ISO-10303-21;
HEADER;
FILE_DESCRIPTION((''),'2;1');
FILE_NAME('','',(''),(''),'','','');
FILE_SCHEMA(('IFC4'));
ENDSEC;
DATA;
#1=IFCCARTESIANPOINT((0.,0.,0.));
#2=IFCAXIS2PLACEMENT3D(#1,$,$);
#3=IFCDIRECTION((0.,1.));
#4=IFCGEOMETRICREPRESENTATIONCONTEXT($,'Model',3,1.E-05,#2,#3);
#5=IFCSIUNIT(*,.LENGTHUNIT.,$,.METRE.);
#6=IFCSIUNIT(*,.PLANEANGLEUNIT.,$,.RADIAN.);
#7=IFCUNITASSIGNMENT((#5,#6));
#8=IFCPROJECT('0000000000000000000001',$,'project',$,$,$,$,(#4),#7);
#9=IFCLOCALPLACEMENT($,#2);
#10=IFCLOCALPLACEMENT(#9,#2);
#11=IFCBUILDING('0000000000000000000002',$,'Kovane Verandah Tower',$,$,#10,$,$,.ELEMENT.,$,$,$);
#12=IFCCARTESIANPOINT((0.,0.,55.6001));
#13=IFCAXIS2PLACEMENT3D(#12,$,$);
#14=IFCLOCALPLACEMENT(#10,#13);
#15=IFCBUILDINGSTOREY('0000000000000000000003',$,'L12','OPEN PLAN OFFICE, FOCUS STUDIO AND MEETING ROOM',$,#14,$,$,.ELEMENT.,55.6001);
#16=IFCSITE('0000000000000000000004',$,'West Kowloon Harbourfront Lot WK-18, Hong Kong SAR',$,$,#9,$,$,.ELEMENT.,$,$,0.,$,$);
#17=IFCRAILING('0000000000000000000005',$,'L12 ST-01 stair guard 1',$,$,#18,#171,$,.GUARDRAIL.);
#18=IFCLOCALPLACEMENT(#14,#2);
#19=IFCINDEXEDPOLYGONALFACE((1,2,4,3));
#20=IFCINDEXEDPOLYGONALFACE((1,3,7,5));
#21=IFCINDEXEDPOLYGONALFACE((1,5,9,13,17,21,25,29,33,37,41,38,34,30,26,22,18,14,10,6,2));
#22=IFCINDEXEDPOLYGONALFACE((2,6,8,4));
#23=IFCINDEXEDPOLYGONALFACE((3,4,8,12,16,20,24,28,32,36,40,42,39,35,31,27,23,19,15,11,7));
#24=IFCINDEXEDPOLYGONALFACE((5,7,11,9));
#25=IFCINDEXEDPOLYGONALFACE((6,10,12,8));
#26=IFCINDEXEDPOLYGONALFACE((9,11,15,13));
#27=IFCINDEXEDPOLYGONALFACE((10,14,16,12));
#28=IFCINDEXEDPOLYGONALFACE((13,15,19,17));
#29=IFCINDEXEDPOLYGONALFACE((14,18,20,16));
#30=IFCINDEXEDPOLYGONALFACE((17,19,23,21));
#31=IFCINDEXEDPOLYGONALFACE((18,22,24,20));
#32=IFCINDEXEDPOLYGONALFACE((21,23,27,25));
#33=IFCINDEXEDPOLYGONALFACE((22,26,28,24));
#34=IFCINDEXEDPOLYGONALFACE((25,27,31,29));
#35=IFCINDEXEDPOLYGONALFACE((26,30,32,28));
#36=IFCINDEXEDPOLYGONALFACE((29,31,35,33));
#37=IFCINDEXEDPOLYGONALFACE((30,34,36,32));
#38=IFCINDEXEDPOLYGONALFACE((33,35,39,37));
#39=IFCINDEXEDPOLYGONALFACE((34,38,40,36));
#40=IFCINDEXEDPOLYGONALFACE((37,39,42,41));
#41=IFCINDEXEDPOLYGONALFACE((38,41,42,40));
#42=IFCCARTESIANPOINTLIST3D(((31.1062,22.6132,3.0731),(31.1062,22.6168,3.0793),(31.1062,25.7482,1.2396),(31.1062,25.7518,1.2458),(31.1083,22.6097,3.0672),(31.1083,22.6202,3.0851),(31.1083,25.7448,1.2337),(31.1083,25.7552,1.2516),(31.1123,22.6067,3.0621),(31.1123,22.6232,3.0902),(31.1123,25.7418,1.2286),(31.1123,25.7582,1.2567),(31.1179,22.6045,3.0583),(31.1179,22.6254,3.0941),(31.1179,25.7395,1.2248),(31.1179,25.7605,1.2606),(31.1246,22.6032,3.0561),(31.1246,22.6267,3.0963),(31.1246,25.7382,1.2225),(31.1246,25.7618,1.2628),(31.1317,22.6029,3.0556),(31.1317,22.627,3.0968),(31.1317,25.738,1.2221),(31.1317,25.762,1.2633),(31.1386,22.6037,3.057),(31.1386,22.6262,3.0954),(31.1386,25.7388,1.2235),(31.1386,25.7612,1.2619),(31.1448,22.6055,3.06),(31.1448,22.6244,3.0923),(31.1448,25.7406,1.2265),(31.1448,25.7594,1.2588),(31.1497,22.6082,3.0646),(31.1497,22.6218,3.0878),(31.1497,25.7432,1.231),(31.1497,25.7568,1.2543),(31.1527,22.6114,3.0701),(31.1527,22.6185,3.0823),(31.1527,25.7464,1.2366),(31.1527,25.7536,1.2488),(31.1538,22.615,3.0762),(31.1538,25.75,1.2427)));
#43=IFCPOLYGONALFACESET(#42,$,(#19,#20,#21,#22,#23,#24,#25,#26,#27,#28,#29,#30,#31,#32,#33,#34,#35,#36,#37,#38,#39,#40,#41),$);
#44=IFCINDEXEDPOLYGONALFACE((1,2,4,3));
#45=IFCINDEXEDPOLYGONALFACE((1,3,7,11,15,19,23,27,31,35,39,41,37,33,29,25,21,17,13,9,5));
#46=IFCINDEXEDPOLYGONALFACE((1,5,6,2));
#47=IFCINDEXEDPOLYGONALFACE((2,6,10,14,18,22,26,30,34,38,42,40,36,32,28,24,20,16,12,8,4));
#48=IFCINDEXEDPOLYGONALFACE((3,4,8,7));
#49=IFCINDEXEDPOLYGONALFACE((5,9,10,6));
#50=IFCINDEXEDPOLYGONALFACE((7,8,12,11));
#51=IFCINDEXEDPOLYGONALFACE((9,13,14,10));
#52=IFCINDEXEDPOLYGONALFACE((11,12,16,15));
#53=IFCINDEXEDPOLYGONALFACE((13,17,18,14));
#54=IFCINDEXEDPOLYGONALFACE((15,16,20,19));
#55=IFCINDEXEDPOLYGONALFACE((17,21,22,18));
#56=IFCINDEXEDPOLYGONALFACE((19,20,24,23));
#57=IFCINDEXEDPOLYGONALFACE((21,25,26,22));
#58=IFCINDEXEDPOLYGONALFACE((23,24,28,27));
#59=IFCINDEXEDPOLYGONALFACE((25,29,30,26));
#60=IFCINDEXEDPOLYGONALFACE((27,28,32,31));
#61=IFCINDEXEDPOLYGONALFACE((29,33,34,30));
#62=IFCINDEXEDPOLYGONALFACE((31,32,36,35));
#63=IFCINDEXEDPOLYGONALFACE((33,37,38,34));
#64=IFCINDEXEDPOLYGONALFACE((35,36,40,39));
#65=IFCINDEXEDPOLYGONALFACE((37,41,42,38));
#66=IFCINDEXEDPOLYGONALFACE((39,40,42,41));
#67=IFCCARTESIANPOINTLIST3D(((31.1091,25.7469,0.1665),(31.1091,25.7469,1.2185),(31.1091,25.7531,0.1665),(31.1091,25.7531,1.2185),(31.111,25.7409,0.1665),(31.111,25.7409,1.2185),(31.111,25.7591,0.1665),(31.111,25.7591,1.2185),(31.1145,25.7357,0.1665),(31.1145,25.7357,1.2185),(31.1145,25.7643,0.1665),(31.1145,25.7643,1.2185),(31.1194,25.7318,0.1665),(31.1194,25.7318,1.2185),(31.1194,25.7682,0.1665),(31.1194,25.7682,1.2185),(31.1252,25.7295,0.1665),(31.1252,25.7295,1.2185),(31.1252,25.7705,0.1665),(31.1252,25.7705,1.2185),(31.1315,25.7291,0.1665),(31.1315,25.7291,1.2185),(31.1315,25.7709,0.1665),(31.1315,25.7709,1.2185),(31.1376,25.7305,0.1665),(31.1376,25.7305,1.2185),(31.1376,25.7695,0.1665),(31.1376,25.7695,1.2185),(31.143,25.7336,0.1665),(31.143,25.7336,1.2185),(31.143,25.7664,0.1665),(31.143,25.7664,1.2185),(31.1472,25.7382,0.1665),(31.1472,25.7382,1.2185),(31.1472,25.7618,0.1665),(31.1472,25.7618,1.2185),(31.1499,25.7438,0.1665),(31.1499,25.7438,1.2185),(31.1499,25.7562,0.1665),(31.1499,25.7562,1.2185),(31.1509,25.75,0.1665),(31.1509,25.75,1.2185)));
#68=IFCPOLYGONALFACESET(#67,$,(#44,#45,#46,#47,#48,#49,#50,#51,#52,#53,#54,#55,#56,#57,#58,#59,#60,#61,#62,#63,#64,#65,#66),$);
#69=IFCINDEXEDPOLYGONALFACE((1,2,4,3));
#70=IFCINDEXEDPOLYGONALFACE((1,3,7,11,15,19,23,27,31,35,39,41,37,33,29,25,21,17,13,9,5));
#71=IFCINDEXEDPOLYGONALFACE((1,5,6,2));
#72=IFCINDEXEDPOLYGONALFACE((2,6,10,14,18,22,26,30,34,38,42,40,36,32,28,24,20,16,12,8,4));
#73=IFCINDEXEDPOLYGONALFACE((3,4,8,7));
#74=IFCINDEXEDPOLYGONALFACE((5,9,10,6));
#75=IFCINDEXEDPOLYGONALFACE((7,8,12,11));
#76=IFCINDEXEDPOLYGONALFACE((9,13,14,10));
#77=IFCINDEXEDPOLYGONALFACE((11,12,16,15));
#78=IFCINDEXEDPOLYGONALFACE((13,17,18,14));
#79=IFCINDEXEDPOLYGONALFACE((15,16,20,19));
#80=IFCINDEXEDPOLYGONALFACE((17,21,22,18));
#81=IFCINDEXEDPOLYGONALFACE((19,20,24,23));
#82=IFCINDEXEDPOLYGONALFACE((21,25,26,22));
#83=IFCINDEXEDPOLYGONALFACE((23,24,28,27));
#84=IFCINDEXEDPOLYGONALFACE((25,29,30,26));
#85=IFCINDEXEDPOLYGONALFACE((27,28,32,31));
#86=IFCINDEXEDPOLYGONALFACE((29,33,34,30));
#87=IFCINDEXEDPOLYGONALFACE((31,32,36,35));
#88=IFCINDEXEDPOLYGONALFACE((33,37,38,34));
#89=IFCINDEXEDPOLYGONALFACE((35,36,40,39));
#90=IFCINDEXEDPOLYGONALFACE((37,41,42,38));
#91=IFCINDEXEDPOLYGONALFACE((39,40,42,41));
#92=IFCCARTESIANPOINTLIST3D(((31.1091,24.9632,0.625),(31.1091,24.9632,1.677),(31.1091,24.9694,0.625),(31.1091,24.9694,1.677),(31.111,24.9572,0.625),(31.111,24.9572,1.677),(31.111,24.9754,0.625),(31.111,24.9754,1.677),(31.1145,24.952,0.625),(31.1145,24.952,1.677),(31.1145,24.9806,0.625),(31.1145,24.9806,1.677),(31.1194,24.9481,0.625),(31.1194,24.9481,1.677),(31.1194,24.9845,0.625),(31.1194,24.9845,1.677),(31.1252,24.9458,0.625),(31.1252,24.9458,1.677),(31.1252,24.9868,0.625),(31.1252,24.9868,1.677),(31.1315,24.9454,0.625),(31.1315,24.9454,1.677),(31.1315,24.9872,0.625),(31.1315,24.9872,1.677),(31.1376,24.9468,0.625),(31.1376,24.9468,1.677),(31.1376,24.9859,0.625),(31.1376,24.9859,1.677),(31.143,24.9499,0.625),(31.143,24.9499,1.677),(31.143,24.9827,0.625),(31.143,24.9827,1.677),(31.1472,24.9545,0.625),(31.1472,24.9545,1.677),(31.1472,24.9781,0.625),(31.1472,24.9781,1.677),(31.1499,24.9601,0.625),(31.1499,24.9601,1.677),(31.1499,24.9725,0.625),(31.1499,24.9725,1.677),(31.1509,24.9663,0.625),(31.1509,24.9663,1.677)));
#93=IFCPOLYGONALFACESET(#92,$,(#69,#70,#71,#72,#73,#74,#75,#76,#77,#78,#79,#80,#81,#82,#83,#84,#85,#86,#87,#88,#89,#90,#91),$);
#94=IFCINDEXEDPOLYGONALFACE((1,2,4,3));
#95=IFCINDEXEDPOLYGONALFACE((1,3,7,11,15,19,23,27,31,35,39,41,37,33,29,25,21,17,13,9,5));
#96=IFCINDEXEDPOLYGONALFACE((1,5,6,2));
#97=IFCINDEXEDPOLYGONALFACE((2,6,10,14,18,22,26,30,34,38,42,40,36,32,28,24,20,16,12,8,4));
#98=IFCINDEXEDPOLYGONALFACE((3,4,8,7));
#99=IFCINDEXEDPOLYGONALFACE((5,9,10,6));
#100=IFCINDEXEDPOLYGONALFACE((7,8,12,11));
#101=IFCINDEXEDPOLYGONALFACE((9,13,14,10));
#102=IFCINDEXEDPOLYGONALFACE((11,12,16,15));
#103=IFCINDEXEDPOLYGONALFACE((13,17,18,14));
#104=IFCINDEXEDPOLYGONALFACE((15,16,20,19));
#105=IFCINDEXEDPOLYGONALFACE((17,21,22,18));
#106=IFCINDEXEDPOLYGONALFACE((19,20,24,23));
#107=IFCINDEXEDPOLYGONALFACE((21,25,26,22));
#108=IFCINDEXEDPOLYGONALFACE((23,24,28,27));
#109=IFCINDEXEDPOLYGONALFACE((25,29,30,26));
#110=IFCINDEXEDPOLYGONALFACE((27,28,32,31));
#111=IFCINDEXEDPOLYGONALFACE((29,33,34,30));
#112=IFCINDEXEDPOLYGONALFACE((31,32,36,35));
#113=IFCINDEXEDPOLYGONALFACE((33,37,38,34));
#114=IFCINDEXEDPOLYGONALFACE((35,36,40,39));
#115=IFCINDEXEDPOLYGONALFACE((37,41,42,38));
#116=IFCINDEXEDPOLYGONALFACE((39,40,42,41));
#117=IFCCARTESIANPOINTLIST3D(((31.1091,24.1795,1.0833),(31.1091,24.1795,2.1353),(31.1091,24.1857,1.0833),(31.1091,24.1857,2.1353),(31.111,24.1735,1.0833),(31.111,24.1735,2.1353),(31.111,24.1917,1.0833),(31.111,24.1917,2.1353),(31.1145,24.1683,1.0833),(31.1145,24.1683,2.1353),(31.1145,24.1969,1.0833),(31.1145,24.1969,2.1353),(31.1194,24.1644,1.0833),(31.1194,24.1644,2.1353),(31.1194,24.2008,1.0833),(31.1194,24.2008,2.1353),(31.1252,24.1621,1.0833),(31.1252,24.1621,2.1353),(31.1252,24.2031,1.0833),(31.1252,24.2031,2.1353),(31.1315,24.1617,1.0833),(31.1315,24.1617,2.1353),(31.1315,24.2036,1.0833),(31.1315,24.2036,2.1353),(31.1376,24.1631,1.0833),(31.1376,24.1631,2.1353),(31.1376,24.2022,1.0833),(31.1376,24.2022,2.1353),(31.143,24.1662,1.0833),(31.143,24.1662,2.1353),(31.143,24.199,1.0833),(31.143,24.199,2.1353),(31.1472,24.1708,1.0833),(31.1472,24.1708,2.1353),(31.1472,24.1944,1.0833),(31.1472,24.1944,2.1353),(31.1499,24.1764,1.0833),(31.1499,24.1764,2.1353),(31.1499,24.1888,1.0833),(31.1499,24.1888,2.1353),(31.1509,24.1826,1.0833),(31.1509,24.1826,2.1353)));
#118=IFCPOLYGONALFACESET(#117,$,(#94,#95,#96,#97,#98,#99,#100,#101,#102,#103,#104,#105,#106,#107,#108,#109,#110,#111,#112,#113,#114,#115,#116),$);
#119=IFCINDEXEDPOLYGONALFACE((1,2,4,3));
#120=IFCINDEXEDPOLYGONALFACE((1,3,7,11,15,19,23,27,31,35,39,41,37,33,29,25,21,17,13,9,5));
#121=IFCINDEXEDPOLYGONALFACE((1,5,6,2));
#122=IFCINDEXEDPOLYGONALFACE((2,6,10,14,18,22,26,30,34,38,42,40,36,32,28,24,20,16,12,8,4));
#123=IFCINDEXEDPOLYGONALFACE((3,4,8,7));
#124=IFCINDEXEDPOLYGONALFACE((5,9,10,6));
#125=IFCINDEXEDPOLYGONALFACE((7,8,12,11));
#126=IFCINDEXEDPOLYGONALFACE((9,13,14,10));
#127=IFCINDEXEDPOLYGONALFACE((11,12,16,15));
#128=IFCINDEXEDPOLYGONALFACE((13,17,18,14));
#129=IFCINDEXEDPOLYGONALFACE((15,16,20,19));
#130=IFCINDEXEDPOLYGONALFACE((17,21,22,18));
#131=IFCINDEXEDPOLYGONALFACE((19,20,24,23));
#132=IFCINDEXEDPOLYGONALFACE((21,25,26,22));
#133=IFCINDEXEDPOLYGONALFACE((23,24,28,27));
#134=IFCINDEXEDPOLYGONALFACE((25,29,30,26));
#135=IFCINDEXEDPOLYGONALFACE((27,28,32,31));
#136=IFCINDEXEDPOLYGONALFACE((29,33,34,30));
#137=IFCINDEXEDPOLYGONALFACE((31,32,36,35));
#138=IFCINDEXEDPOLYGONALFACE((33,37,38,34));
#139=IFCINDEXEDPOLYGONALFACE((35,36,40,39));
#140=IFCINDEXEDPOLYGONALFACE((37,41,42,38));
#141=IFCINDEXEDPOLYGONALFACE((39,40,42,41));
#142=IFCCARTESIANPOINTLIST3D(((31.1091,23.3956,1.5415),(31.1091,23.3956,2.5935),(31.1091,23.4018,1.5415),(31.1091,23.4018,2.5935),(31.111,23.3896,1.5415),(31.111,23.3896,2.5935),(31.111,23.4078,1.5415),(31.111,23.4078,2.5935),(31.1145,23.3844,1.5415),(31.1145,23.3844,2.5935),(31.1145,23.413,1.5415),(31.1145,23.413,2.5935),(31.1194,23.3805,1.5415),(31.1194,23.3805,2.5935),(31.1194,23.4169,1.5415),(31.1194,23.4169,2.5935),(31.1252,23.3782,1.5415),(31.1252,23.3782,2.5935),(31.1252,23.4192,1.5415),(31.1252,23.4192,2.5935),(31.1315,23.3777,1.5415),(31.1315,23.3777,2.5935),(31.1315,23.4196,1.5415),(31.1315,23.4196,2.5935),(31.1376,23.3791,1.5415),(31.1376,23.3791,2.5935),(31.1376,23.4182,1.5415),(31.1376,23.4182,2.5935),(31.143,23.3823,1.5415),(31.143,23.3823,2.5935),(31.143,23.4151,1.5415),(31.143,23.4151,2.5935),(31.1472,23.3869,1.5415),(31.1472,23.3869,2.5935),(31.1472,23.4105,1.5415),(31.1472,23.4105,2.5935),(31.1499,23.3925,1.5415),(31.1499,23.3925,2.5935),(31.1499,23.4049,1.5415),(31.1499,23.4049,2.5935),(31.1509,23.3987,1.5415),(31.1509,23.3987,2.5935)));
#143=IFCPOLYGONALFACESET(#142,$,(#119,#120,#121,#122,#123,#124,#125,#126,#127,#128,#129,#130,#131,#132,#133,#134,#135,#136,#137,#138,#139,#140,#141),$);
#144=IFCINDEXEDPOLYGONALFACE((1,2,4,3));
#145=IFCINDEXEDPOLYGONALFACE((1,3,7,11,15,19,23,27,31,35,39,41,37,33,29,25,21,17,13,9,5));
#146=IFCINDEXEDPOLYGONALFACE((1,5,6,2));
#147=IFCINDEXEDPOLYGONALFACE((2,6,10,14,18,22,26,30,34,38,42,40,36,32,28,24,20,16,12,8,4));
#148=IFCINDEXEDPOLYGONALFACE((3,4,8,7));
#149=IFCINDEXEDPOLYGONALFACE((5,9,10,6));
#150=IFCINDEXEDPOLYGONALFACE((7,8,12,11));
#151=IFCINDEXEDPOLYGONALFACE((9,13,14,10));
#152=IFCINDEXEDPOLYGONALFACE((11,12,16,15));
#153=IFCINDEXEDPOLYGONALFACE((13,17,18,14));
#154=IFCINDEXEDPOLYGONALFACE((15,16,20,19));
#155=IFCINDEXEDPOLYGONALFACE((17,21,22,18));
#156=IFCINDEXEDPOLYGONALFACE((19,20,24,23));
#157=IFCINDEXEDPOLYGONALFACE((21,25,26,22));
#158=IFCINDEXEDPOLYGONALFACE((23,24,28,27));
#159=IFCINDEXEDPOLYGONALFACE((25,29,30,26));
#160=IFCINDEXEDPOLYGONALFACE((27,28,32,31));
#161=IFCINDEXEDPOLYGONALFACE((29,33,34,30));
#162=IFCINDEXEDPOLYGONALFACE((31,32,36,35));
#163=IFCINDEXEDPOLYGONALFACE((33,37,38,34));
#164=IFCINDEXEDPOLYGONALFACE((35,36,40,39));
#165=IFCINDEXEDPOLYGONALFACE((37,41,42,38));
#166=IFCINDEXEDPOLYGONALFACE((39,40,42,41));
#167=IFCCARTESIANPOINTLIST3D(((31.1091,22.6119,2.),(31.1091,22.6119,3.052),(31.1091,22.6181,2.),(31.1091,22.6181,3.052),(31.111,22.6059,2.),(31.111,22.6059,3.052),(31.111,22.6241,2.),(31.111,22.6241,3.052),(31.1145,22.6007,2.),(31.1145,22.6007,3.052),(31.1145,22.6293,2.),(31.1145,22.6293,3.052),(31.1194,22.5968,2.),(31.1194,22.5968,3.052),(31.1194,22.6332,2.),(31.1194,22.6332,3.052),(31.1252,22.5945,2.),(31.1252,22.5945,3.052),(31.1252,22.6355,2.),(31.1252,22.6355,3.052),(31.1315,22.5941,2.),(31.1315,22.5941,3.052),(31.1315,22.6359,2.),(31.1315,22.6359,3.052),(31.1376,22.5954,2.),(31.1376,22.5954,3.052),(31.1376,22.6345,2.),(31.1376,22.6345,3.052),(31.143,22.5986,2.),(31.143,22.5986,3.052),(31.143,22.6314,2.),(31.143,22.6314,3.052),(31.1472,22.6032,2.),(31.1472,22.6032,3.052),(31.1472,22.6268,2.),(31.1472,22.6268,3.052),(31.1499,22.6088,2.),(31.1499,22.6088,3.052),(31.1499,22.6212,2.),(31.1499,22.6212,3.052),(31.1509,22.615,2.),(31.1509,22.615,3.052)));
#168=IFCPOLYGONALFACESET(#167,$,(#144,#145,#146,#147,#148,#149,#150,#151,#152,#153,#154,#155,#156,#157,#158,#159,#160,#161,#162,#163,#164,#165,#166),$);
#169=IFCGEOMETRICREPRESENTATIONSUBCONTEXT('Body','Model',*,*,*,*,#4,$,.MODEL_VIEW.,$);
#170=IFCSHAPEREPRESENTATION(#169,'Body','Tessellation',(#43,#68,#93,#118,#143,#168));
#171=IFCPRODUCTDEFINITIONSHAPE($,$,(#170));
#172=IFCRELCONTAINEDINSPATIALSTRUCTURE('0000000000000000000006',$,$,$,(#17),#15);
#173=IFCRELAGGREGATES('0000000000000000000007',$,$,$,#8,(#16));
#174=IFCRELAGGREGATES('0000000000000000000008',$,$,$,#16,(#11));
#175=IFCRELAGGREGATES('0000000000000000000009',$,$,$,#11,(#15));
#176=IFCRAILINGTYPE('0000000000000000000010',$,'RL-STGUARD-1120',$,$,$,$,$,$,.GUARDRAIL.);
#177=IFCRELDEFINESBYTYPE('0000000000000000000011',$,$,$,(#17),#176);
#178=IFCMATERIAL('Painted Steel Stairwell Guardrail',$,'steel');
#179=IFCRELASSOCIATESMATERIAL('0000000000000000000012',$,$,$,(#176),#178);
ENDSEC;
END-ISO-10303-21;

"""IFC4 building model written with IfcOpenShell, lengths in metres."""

from ifc_helpers import new_model, si_unit, direction, frame, origin, origin_2d, place, context, subcontext, project, spatial, circle, extrude, material, type_object, element, save


model = new_model("IFC4")

# Units and contexts
model_context = context("Model", 3, precision=1e-05, world=origin(), true_north=direction((0.0, 1.0)))
body_context = subcontext(model_context, "Body", "Model", "MODEL_VIEW")
ifc_project = project(units=[si_unit("LENGTHUNIT", "METRE"), si_unit("PLANEANGLEUNIT", "RADIAN")], contexts=[model_context])

# Site, building, storey
site_placement = place(None, origin())
site = spatial("IfcSite", under=ifc_project, at=site_placement, Name="West Kowloon Harbourfront Lot WK-18, Hong Kong SAR", CompositionType="ELEMENT", RefElevation=0.0)
building_placement = place(site_placement, origin())
building = spatial("IfcBuilding", under=site, at=building_placement, Name="Kovane Verandah Tower", CompositionType="ELEMENT")
storey_placement = place(building_placement, frame((0.0, 0.0, 55.6001)))
storey = spatial("IfcBuildingStorey", under=building, at=storey_placement, Name="L12", Description="OPEN PLAN OFFICE, FOCUS STUDIO AND MEETING ROOM", CompositionType="ELEMENT", Elevation=55.6001)

# Railing
ifc_material_1 = material(Name="Painted Steel Stairwell Guardrail", Category="steel")
railing_type_1 = type_object("IfcRailingType", Name="RL-STGUARD-1120", PredefinedType="GUARDRAIL", material=ifc_material_1)
railing_1_placement = place(storey_placement, frame((31.1299, 25.75, 0.1665)))
element("IfcRailing", 1, at=railing_1_placement, inside=storey, type_object=railing_type_1, Name="L12 ST-01 stair guard 1", PredefinedType="GUARDRAIL", context=body_context, shape_type="SweptSolid", body=[
    extrude(circle(Radius=0.0239, at=origin_2d()), frame((0.0, 0.0, 1.0762), z_axis=(0.0, -0.86321, 0.504845), x_axis=(1.0, 0.0, 0.0)), (0.0, 0.0, 1.0), 3.6318),
    extrude(circle(Radius=0.021, at=origin_2d()), origin(), (0.0, 0.0, 1.0), 1.052),
    extrude(circle(Radius=0.021, at=origin_2d()), frame((0.0, -0.7837, 0.4585)), (0.0, 0.0, 1.0), 1.052),
    extrude(circle(Radius=0.021, at=origin_2d()), frame((0.0, -1.5674, 0.9167)), (0.0, 0.0, 1.0), 1.052),
    extrude(circle(Radius=0.021, at=origin_2d()), frame((0.0, -2.3513, 1.375)), (0.0, 0.0, 1.0), 1.052),
    extrude(circle(Radius=0.021, at=origin_2d()), frame((0.0, -3.135, 1.8335)), (0.0, 0.0, 1.0), 1.052),
])

save(model, "model.ifc")
